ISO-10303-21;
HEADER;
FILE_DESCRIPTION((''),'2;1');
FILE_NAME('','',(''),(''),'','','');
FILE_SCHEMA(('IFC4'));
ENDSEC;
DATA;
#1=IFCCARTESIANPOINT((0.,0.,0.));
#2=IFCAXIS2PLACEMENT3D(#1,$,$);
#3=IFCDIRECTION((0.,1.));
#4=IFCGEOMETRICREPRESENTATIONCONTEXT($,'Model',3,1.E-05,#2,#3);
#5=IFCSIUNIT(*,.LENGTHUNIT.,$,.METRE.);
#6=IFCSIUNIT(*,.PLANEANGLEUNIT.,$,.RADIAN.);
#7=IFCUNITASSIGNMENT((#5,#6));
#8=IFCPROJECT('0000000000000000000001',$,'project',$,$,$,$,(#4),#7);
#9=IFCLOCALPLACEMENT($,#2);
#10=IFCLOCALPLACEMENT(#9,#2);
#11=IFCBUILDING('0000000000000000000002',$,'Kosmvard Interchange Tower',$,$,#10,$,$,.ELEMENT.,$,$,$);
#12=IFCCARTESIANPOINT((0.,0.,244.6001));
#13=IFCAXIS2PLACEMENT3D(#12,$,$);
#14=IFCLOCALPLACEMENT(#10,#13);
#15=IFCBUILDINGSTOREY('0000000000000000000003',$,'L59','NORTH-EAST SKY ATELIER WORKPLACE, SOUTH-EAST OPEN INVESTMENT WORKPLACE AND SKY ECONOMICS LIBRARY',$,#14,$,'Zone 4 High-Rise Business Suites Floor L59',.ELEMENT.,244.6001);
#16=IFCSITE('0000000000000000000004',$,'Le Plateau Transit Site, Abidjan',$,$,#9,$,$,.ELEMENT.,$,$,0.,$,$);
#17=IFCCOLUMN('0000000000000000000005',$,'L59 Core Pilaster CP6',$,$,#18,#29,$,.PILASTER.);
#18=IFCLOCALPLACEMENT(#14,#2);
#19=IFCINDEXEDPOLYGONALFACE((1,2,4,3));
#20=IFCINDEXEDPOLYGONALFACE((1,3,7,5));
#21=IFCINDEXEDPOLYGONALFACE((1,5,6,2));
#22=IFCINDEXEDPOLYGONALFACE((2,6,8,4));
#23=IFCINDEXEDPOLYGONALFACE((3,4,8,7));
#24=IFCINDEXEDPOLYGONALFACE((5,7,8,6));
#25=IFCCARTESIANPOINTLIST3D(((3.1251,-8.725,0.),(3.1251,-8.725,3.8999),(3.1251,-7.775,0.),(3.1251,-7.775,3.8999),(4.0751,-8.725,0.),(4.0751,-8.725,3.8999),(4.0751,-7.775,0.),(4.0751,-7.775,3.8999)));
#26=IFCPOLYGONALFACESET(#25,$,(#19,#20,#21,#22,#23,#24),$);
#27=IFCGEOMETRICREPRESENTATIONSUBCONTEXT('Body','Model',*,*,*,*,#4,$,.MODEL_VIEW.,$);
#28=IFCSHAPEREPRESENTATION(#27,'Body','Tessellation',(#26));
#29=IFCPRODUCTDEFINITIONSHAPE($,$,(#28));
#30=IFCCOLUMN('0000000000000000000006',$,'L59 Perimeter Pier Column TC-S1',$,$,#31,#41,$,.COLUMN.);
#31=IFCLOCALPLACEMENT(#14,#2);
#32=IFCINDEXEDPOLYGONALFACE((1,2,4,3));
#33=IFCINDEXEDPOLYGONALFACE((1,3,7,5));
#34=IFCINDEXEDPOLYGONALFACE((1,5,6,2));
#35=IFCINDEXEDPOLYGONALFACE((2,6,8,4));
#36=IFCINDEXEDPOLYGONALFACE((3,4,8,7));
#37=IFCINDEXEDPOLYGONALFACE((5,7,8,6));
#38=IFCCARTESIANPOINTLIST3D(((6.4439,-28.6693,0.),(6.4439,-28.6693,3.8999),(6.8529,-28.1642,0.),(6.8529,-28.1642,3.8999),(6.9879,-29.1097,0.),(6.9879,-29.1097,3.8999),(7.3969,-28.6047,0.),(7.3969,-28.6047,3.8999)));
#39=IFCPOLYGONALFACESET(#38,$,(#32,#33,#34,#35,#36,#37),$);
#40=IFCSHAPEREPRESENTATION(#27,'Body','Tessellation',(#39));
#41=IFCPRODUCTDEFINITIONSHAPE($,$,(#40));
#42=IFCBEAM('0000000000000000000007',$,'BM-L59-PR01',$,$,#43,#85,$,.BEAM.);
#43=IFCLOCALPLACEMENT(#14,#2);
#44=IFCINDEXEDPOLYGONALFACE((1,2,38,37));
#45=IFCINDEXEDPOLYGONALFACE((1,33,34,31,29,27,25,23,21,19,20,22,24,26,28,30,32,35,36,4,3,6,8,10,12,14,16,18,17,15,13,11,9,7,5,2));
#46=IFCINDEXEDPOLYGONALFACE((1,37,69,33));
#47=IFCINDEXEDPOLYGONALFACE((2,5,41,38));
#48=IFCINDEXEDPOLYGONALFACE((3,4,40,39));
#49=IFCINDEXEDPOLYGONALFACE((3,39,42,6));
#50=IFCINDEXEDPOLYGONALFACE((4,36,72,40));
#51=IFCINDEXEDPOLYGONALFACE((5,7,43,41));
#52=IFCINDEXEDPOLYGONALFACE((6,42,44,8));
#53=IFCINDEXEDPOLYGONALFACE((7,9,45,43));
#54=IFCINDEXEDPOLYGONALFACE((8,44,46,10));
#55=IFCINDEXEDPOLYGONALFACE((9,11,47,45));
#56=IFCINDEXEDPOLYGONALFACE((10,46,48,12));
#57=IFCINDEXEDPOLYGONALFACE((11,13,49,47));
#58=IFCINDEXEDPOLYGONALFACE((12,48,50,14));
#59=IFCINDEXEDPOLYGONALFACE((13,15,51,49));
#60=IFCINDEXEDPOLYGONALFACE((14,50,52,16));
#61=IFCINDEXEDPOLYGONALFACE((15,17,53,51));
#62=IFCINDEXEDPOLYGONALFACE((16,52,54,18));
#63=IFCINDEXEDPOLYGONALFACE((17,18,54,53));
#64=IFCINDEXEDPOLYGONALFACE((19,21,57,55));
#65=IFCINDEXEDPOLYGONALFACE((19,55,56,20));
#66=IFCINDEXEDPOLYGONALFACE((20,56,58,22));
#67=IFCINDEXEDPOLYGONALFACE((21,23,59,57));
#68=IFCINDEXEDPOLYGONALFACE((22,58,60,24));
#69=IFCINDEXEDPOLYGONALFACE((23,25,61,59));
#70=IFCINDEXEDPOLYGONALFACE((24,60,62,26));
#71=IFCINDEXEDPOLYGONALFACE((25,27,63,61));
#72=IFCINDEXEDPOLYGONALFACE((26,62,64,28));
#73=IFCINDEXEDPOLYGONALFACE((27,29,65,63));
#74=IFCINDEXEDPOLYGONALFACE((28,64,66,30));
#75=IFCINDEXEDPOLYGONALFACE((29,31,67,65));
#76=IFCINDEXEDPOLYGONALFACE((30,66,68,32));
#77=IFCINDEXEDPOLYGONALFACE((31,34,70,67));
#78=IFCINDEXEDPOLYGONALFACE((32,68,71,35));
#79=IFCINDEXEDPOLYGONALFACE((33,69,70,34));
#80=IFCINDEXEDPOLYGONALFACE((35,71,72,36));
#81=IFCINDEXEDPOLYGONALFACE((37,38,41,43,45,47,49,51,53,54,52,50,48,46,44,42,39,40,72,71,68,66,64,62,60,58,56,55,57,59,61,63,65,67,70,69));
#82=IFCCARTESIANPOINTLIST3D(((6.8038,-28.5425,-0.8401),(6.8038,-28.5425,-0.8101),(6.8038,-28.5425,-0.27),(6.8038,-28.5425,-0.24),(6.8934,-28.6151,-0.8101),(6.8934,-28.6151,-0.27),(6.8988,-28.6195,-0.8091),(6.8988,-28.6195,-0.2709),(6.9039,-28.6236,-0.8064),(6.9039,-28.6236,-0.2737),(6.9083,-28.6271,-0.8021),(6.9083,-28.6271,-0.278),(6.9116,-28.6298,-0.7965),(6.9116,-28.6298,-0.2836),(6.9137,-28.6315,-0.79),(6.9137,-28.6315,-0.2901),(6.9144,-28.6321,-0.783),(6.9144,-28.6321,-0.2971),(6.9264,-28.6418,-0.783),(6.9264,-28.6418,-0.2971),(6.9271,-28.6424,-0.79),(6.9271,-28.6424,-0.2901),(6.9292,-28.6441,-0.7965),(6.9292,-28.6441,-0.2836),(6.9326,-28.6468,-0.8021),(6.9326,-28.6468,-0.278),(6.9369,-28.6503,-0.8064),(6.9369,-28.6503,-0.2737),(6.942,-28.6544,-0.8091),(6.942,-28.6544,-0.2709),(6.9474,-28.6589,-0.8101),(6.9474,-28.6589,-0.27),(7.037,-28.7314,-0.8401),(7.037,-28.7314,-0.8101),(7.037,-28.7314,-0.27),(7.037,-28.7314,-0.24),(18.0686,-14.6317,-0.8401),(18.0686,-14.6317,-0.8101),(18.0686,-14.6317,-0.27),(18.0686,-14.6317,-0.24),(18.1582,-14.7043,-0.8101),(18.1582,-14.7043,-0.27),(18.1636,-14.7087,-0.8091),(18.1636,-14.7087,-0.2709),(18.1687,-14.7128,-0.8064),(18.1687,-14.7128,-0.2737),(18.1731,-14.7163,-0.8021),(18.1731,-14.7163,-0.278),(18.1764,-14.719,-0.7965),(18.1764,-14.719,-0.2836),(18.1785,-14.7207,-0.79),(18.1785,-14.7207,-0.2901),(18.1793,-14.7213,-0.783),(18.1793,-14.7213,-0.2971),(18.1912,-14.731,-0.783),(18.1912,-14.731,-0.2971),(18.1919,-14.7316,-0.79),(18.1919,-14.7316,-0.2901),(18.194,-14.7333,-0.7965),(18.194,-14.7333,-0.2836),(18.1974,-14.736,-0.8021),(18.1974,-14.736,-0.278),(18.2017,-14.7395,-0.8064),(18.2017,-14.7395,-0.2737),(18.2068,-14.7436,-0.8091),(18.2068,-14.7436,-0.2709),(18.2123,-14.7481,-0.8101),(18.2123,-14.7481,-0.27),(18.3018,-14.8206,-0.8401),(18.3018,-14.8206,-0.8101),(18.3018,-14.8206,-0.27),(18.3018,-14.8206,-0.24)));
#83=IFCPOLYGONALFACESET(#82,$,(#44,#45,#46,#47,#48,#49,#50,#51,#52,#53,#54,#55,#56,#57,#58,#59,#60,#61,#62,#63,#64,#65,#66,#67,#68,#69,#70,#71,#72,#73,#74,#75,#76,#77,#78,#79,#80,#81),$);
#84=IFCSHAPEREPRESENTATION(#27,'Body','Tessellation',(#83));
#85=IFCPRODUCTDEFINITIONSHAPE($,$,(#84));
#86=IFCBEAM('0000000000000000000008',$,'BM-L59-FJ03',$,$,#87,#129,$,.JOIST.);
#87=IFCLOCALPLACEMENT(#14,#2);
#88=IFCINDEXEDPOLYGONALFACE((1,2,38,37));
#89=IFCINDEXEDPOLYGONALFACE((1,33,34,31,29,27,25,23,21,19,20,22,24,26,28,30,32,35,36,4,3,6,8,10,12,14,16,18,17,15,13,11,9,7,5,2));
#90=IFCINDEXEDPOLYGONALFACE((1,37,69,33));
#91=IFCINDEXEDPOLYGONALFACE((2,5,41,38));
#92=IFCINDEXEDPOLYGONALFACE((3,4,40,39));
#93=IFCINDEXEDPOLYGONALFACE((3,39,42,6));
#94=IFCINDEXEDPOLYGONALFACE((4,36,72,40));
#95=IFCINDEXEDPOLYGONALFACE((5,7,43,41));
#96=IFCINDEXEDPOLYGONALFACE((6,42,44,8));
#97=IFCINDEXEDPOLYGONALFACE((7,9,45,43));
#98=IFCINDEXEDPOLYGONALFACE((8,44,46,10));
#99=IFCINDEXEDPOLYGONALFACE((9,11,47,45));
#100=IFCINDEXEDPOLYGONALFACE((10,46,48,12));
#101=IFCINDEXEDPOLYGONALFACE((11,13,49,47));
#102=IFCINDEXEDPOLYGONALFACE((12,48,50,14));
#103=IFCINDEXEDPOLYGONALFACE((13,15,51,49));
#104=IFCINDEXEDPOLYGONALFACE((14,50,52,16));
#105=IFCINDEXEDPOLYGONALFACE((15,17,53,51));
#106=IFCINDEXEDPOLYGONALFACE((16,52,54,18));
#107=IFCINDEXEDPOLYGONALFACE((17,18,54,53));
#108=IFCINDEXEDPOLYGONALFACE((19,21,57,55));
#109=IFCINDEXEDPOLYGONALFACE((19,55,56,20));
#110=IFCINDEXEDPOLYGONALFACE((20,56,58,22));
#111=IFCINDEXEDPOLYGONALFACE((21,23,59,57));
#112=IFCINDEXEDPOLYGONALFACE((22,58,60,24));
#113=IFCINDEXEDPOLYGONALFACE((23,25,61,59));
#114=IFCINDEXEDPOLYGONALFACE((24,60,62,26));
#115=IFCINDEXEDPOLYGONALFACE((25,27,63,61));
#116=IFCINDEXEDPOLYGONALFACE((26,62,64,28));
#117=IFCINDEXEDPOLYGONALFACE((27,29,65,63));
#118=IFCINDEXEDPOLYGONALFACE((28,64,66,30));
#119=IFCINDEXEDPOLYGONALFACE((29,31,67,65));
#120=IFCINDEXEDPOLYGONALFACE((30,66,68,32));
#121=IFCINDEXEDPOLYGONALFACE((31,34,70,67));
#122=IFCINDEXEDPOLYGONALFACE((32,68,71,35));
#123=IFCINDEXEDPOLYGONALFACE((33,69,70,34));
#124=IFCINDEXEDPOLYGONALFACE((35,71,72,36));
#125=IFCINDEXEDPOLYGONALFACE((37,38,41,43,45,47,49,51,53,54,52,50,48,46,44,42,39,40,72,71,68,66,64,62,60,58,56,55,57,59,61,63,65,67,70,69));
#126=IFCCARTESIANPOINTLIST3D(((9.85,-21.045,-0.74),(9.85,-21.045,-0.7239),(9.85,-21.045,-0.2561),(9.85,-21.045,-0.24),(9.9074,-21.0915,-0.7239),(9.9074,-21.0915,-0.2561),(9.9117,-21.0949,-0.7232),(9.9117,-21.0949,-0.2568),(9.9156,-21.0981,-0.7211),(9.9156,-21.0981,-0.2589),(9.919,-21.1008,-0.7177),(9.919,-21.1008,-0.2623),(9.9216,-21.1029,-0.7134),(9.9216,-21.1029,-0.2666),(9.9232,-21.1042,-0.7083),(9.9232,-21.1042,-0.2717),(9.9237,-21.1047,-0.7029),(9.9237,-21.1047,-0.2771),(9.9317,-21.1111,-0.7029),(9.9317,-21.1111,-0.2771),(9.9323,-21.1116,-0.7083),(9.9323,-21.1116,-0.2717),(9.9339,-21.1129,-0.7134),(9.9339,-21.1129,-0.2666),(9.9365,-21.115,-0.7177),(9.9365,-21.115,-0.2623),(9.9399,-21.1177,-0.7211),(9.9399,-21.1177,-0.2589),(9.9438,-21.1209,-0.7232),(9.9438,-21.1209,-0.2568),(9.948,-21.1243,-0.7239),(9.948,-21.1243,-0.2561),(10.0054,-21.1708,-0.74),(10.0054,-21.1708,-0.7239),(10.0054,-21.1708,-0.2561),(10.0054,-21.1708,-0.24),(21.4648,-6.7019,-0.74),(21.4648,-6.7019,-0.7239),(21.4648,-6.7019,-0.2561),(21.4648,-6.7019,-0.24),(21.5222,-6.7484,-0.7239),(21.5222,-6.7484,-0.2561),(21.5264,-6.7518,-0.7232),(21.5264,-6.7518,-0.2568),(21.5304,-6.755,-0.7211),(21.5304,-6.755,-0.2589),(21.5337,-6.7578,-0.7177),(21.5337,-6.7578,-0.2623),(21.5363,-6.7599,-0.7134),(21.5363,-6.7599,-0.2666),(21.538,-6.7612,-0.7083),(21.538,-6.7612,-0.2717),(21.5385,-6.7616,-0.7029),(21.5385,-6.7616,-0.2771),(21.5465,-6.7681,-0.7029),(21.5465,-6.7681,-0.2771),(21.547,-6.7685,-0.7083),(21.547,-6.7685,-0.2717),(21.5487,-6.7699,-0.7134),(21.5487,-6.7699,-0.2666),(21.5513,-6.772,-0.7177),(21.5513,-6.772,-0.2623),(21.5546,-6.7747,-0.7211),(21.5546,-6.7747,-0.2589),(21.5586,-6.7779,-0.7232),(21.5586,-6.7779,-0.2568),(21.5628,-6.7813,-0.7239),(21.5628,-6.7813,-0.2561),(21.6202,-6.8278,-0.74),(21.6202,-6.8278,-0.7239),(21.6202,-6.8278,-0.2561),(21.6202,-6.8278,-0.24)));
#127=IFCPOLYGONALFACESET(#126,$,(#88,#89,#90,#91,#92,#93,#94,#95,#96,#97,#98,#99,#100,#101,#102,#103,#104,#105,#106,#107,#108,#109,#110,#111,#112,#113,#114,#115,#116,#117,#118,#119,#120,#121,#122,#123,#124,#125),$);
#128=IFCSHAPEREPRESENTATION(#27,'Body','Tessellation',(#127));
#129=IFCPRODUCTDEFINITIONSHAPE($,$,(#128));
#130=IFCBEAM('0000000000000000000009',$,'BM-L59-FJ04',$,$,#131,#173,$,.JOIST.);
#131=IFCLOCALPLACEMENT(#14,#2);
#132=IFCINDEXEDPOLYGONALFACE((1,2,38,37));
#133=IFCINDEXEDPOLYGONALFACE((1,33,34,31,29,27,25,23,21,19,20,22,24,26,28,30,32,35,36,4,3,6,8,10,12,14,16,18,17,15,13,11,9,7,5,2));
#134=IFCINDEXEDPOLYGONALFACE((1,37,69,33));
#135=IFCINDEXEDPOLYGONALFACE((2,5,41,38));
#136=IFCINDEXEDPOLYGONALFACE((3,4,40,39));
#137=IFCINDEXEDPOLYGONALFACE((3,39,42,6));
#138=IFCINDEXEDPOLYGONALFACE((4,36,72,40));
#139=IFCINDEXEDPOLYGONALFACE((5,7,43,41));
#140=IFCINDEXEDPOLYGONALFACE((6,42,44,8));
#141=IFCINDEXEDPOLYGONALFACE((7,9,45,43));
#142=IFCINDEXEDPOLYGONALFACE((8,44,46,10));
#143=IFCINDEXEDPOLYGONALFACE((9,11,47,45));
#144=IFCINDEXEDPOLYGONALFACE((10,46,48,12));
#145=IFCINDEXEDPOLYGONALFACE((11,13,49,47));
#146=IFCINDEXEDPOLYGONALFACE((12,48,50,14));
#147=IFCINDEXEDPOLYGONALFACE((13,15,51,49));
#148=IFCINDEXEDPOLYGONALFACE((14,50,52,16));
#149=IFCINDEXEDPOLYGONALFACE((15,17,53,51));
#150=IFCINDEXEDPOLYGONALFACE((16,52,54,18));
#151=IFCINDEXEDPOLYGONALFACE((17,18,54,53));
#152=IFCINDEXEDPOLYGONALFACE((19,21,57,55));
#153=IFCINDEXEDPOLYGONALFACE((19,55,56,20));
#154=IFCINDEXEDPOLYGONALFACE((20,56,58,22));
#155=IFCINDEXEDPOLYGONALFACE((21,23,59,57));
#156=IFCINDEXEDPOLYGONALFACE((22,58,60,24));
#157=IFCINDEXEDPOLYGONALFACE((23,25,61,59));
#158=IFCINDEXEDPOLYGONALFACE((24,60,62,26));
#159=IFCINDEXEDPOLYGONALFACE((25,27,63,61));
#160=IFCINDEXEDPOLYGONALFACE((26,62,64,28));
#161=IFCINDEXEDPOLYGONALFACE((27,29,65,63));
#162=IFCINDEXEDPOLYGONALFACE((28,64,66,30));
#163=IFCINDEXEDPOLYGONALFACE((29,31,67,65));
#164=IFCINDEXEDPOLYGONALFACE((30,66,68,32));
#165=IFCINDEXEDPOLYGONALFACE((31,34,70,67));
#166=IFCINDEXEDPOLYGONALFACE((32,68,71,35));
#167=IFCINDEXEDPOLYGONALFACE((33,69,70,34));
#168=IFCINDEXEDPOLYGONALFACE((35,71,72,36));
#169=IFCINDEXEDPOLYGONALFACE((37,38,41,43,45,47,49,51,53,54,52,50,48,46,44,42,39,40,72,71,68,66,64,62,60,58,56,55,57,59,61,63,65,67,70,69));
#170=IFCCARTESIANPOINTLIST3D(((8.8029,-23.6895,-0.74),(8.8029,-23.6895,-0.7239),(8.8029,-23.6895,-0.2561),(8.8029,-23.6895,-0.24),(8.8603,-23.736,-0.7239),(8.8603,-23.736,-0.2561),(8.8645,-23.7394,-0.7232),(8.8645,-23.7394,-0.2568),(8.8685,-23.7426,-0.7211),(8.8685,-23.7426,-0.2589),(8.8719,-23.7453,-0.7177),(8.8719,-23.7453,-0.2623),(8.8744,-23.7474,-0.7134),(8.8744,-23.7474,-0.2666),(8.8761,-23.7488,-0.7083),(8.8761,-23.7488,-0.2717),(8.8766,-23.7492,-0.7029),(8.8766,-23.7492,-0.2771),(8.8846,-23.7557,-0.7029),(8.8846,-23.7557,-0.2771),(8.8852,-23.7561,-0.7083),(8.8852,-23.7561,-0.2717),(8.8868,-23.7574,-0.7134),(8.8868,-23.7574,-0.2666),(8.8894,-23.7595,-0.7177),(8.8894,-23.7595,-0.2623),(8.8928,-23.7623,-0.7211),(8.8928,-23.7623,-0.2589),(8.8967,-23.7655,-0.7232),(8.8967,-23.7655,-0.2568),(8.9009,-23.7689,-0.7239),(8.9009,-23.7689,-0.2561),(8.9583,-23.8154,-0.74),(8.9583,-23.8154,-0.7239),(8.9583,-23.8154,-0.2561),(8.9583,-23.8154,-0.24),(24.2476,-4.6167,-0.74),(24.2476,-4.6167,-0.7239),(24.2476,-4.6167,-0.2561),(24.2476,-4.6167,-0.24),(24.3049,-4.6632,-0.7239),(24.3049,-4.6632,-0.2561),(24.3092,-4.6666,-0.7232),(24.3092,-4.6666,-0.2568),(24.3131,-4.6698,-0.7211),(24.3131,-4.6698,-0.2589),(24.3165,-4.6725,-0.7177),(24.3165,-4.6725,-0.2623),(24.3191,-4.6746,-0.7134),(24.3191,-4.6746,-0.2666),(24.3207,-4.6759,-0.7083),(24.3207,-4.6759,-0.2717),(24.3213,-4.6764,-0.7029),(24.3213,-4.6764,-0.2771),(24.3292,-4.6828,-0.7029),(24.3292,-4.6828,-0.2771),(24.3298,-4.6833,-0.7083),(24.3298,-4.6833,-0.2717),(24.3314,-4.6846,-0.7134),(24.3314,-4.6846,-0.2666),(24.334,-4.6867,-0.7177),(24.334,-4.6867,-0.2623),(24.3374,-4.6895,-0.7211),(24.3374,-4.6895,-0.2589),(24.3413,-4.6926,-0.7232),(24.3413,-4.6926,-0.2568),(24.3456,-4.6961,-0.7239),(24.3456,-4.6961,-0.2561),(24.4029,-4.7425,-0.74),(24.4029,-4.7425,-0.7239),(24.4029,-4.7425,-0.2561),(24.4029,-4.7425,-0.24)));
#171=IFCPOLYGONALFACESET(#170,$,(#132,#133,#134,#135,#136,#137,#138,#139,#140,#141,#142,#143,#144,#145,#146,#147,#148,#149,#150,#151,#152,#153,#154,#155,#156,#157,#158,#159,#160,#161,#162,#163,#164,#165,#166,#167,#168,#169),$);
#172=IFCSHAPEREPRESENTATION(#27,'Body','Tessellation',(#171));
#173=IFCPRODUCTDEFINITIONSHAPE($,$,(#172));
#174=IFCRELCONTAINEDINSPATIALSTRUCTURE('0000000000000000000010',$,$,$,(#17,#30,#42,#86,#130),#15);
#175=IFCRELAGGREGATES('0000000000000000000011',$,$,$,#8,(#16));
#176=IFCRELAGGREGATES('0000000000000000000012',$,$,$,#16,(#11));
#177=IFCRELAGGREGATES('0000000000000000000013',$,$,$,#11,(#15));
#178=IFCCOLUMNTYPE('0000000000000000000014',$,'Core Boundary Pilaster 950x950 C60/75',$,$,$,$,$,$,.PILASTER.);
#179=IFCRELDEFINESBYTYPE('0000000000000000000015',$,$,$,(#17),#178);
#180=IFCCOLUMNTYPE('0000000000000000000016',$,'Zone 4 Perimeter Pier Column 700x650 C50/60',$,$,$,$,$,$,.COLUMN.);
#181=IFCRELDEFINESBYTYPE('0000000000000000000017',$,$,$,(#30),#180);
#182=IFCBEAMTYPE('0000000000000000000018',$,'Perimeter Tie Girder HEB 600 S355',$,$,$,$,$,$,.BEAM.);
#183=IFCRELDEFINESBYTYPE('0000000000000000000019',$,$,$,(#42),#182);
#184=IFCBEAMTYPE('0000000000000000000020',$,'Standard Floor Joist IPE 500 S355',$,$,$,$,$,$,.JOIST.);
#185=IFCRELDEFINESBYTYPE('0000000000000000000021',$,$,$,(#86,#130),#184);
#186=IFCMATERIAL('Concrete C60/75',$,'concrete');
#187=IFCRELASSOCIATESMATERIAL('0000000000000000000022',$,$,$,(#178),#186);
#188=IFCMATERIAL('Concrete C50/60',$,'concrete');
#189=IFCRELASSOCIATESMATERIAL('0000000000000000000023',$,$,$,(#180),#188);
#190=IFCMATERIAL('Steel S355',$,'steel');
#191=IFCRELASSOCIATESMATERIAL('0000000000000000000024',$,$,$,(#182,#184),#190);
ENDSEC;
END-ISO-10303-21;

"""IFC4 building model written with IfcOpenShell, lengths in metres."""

from ifc_helpers import new_model, si_unit, direction, frame, origin, origin_2d, place, context, subcontext, project, spatial, rectangle, i_section, extrude, source, transform, mapped, material, material_profile, profile_set, type_object, element, save


model = new_model("IFC4")

# Units and contexts
model_context = context("Model", 3, precision=1e-05, world=origin(), true_north=direction((0.0, 1.0)))
body_context = subcontext(model_context, "Body", "Model", "MODEL_VIEW")
ifc_project = project(units=[si_unit("LENGTHUNIT", "METRE"), si_unit("PLANEANGLEUNIT", "RADIAN")], contexts=[model_context])

# Site, building, storey
site_placement = place(None, origin())
site = spatial("IfcSite", under=ifc_project, at=site_placement, Name="Le Plateau Transit Site, Abidjan", CompositionType="ELEMENT", RefElevation=0.0)
building_placement = place(site_placement, origin())
building = spatial("IfcBuilding", under=site, at=building_placement, Name="Kosmvard Interchange Tower", CompositionType="ELEMENT")
storey_placement = place(building_placement, frame((0.0, 0.0, 244.6001)))
storey = spatial("IfcBuildingStorey", under=building, at=storey_placement, Name="L59", Description="NORTH-EAST SKY ATELIER WORKPLACE, SOUTH-EAST OPEN INVESTMENT WORKPLACE AND SKY ECONOMICS LIBRARY", LongName="Zone 4 High-Rise Business Suites Floor L59", CompositionType="ELEMENT", Elevation=244.6001)

# Columns
ifc_material_1 = material(Name="Concrete C60/75", Category="concrete")
ifc_material_profile_1 = material_profile(ifc_material_1, rectangle(XDim=0.95, YDim=0.95, at=origin_2d()), Name="CP 950x950")
ifc_profile_set_1 = profile_set([ifc_material_profile_1], Name="Concrete C60/75")
column_type_1 = type_object("IfcColumnType", Name="Core Boundary Pilaster 950x950 C60/75", PredefinedType="PILASTER", material=ifc_profile_set_1)
shared_shape_1 = source(origin(), body_context, "Body", "SweptSolid", [
    extrude(rectangle(XDim=0.95, YDim=0.95, at=origin_2d()), origin(), (0.0, 0.0, 1.0), 3.8999),
])
column_1_placement = place(storey_placement, frame((3.6001, -8.25, 0.0), z_axis=(0.0, 0.0, 1.0), x_axis=(1.0, 0.0, 0.0)))
element("IfcColumn", 1, at=column_1_placement, inside=storey, type_object=column_type_1, Name="L59 Core Pilaster CP6", PredefinedType="PILASTER", context=body_context, shape_type="MappedRepresentation", body=[
    mapped(shared_shape_1, transform((0.0, 0.0, 0.0), scale=1.0)),
])
ifc_material_2 = material(Name="Concrete C50/60", Category="concrete")
ifc_material_profile_2 = material_profile(ifc_material_2, rectangle(XDim=0.6499, YDim=0.7, at=origin_2d()), Name="TC 700x650")
ifc_profile_set_2 = profile_set([ifc_material_profile_2], Name="Concrete C50/60")
column_type_2 = type_object("IfcColumnType", Name="Zone 4 Perimeter Pier Column 700x650 C50/60", PredefinedType="COLUMN", material=ifc_profile_set_2)
shared_shape_2 = source(origin(), body_context, "Body", "SweptSolid", [
    extrude(rectangle(XDim=0.6499, YDim=0.7, at=origin_2d()), origin(), (0.0, 0.0, 1.0), 3.8999),
])
column_2_placement = place(storey_placement, frame((6.9204, -28.637, 0.0), z_axis=(0.0, 0.0, 1.0), x_axis=(0.62932, 0.777146, 0.0)))
element("IfcColumn", 2, at=column_2_placement, inside=storey, type_object=column_type_2, Name="L59 Perimeter Pier Column TC-S1", PredefinedType="COLUMN", context=body_context, shape_type="MappedRepresentation", body=[
    mapped(shared_shape_2, transform((0.0, 0.0, 0.0), scale=1.0)),
])

# Beams
ifc_material_3 = material(Name="Steel S355", Category="steel")
ifc_material_profile_3 = material_profile(ifc_material_3, i_section(OverallWidth=0.3, OverallDepth=0.6001, WebThickness=0.0154, FlangeThickness=0.03, FilletRadius=0.0271, at=origin_2d()), Name="HEB 600")
ifc_profile_set_3 = profile_set([ifc_material_profile_3], Name="Steel S355")
beam_type_1 = type_object("IfcBeamType", Name="Perimeter Tie Girder HEB 600 S355", PredefinedType="BEAM", material=ifc_profile_set_3)
shared_shape_3 = source(origin(), body_context, "Body", "SweptSolid", [
    extrude(i_section(OverallWidth=0.3, OverallDepth=0.6001, WebThickness=0.0154, FlangeThickness=0.03, FilletRadius=0.0271, at=origin_2d()), origin(), (0.0, 0.0, 1.0), 17.8999),
])
beam_1_placement = place(storey_placement, frame((6.9204, -28.637, -0.54), z_axis=(0.629323, 0.777144, 0.0), x_axis=(-0.777144, 0.629323, 0.0)))
element("IfcBeam", 3, at=beam_1_placement, inside=storey, type_object=beam_type_1, Name="BM-L59-PR01", PredefinedType="BEAM", context=body_context, shape_type="MappedRepresentation", body=[
    mapped(shared_shape_3, transform((0.0, 0.0, 0.0), scale=1.0)),
])
ifc_material_profile_4 = material_profile(ifc_material_3, i_section(OverallWidth=0.2, OverallDepth=0.5, WebThickness=0.0103, FlangeThickness=0.0161, FilletRadius=0.021, at=origin_2d()), Name="IPE 500")
ifc_profile_set_4 = profile_set([ifc_material_profile_4], Name="Steel S355")
beam_type_2 = type_object("IfcBeamType", Name="Standard Floor Joist IPE 500 S355", PredefinedType="JOIST", material=ifc_profile_set_4)
shared_shape_4 = source(origin(), body_context, "Body", "SweptSolid", [
    extrude(i_section(OverallWidth=0.2, OverallDepth=0.5, WebThickness=0.0103, FlangeThickness=0.0161, FilletRadius=0.021, at=origin_2d()), origin(), (0.0, 0.0, 1.0), 18.4561),
])
beam_2_placement = place(storey_placement, frame((9.9277, -21.1079, -0.49), z_axis=(0.62932, 0.777146, 0.0), x_axis=(-0.777146, 0.62932, 0.0)))
element("IfcBeam", 4, at=beam_2_placement, inside=storey, type_object=beam_type_2, Name="BM-L59-FJ03", PredefinedType="JOIST", context=body_context, shape_type="MappedRepresentation", body=[
    mapped(shared_shape_4, transform((0.0, 0.0, 0.0), scale=1.0)),
])
shared_shape_5 = source(origin(), body_context, "Body", "SweptSolid", [
    extrude(i_section(OverallWidth=0.2, OverallDepth=0.5, WebThickness=0.0103, FlangeThickness=0.0161, FilletRadius=0.021, at=origin_2d()), origin(), (0.0, 0.0, 1.0), 24.542),
])
beam_3_placement = place(storey_placement, frame((8.8806, -23.7524, -0.49), z_axis=(0.629315, 0.777151, 0.0), x_axis=(-0.777151, 0.629315, 0.0)))
element("IfcBeam", 5, at=beam_3_placement, inside=storey, type_object=beam_type_2, Name="BM-L59-FJ04", PredefinedType="JOIST", context=body_context, shape_type="MappedRepresentation", body=[
    mapped(shared_shape_5, transform((0.0, 0.0, 0.0), scale=1.0)),
])

save(model, "model.ifc")
